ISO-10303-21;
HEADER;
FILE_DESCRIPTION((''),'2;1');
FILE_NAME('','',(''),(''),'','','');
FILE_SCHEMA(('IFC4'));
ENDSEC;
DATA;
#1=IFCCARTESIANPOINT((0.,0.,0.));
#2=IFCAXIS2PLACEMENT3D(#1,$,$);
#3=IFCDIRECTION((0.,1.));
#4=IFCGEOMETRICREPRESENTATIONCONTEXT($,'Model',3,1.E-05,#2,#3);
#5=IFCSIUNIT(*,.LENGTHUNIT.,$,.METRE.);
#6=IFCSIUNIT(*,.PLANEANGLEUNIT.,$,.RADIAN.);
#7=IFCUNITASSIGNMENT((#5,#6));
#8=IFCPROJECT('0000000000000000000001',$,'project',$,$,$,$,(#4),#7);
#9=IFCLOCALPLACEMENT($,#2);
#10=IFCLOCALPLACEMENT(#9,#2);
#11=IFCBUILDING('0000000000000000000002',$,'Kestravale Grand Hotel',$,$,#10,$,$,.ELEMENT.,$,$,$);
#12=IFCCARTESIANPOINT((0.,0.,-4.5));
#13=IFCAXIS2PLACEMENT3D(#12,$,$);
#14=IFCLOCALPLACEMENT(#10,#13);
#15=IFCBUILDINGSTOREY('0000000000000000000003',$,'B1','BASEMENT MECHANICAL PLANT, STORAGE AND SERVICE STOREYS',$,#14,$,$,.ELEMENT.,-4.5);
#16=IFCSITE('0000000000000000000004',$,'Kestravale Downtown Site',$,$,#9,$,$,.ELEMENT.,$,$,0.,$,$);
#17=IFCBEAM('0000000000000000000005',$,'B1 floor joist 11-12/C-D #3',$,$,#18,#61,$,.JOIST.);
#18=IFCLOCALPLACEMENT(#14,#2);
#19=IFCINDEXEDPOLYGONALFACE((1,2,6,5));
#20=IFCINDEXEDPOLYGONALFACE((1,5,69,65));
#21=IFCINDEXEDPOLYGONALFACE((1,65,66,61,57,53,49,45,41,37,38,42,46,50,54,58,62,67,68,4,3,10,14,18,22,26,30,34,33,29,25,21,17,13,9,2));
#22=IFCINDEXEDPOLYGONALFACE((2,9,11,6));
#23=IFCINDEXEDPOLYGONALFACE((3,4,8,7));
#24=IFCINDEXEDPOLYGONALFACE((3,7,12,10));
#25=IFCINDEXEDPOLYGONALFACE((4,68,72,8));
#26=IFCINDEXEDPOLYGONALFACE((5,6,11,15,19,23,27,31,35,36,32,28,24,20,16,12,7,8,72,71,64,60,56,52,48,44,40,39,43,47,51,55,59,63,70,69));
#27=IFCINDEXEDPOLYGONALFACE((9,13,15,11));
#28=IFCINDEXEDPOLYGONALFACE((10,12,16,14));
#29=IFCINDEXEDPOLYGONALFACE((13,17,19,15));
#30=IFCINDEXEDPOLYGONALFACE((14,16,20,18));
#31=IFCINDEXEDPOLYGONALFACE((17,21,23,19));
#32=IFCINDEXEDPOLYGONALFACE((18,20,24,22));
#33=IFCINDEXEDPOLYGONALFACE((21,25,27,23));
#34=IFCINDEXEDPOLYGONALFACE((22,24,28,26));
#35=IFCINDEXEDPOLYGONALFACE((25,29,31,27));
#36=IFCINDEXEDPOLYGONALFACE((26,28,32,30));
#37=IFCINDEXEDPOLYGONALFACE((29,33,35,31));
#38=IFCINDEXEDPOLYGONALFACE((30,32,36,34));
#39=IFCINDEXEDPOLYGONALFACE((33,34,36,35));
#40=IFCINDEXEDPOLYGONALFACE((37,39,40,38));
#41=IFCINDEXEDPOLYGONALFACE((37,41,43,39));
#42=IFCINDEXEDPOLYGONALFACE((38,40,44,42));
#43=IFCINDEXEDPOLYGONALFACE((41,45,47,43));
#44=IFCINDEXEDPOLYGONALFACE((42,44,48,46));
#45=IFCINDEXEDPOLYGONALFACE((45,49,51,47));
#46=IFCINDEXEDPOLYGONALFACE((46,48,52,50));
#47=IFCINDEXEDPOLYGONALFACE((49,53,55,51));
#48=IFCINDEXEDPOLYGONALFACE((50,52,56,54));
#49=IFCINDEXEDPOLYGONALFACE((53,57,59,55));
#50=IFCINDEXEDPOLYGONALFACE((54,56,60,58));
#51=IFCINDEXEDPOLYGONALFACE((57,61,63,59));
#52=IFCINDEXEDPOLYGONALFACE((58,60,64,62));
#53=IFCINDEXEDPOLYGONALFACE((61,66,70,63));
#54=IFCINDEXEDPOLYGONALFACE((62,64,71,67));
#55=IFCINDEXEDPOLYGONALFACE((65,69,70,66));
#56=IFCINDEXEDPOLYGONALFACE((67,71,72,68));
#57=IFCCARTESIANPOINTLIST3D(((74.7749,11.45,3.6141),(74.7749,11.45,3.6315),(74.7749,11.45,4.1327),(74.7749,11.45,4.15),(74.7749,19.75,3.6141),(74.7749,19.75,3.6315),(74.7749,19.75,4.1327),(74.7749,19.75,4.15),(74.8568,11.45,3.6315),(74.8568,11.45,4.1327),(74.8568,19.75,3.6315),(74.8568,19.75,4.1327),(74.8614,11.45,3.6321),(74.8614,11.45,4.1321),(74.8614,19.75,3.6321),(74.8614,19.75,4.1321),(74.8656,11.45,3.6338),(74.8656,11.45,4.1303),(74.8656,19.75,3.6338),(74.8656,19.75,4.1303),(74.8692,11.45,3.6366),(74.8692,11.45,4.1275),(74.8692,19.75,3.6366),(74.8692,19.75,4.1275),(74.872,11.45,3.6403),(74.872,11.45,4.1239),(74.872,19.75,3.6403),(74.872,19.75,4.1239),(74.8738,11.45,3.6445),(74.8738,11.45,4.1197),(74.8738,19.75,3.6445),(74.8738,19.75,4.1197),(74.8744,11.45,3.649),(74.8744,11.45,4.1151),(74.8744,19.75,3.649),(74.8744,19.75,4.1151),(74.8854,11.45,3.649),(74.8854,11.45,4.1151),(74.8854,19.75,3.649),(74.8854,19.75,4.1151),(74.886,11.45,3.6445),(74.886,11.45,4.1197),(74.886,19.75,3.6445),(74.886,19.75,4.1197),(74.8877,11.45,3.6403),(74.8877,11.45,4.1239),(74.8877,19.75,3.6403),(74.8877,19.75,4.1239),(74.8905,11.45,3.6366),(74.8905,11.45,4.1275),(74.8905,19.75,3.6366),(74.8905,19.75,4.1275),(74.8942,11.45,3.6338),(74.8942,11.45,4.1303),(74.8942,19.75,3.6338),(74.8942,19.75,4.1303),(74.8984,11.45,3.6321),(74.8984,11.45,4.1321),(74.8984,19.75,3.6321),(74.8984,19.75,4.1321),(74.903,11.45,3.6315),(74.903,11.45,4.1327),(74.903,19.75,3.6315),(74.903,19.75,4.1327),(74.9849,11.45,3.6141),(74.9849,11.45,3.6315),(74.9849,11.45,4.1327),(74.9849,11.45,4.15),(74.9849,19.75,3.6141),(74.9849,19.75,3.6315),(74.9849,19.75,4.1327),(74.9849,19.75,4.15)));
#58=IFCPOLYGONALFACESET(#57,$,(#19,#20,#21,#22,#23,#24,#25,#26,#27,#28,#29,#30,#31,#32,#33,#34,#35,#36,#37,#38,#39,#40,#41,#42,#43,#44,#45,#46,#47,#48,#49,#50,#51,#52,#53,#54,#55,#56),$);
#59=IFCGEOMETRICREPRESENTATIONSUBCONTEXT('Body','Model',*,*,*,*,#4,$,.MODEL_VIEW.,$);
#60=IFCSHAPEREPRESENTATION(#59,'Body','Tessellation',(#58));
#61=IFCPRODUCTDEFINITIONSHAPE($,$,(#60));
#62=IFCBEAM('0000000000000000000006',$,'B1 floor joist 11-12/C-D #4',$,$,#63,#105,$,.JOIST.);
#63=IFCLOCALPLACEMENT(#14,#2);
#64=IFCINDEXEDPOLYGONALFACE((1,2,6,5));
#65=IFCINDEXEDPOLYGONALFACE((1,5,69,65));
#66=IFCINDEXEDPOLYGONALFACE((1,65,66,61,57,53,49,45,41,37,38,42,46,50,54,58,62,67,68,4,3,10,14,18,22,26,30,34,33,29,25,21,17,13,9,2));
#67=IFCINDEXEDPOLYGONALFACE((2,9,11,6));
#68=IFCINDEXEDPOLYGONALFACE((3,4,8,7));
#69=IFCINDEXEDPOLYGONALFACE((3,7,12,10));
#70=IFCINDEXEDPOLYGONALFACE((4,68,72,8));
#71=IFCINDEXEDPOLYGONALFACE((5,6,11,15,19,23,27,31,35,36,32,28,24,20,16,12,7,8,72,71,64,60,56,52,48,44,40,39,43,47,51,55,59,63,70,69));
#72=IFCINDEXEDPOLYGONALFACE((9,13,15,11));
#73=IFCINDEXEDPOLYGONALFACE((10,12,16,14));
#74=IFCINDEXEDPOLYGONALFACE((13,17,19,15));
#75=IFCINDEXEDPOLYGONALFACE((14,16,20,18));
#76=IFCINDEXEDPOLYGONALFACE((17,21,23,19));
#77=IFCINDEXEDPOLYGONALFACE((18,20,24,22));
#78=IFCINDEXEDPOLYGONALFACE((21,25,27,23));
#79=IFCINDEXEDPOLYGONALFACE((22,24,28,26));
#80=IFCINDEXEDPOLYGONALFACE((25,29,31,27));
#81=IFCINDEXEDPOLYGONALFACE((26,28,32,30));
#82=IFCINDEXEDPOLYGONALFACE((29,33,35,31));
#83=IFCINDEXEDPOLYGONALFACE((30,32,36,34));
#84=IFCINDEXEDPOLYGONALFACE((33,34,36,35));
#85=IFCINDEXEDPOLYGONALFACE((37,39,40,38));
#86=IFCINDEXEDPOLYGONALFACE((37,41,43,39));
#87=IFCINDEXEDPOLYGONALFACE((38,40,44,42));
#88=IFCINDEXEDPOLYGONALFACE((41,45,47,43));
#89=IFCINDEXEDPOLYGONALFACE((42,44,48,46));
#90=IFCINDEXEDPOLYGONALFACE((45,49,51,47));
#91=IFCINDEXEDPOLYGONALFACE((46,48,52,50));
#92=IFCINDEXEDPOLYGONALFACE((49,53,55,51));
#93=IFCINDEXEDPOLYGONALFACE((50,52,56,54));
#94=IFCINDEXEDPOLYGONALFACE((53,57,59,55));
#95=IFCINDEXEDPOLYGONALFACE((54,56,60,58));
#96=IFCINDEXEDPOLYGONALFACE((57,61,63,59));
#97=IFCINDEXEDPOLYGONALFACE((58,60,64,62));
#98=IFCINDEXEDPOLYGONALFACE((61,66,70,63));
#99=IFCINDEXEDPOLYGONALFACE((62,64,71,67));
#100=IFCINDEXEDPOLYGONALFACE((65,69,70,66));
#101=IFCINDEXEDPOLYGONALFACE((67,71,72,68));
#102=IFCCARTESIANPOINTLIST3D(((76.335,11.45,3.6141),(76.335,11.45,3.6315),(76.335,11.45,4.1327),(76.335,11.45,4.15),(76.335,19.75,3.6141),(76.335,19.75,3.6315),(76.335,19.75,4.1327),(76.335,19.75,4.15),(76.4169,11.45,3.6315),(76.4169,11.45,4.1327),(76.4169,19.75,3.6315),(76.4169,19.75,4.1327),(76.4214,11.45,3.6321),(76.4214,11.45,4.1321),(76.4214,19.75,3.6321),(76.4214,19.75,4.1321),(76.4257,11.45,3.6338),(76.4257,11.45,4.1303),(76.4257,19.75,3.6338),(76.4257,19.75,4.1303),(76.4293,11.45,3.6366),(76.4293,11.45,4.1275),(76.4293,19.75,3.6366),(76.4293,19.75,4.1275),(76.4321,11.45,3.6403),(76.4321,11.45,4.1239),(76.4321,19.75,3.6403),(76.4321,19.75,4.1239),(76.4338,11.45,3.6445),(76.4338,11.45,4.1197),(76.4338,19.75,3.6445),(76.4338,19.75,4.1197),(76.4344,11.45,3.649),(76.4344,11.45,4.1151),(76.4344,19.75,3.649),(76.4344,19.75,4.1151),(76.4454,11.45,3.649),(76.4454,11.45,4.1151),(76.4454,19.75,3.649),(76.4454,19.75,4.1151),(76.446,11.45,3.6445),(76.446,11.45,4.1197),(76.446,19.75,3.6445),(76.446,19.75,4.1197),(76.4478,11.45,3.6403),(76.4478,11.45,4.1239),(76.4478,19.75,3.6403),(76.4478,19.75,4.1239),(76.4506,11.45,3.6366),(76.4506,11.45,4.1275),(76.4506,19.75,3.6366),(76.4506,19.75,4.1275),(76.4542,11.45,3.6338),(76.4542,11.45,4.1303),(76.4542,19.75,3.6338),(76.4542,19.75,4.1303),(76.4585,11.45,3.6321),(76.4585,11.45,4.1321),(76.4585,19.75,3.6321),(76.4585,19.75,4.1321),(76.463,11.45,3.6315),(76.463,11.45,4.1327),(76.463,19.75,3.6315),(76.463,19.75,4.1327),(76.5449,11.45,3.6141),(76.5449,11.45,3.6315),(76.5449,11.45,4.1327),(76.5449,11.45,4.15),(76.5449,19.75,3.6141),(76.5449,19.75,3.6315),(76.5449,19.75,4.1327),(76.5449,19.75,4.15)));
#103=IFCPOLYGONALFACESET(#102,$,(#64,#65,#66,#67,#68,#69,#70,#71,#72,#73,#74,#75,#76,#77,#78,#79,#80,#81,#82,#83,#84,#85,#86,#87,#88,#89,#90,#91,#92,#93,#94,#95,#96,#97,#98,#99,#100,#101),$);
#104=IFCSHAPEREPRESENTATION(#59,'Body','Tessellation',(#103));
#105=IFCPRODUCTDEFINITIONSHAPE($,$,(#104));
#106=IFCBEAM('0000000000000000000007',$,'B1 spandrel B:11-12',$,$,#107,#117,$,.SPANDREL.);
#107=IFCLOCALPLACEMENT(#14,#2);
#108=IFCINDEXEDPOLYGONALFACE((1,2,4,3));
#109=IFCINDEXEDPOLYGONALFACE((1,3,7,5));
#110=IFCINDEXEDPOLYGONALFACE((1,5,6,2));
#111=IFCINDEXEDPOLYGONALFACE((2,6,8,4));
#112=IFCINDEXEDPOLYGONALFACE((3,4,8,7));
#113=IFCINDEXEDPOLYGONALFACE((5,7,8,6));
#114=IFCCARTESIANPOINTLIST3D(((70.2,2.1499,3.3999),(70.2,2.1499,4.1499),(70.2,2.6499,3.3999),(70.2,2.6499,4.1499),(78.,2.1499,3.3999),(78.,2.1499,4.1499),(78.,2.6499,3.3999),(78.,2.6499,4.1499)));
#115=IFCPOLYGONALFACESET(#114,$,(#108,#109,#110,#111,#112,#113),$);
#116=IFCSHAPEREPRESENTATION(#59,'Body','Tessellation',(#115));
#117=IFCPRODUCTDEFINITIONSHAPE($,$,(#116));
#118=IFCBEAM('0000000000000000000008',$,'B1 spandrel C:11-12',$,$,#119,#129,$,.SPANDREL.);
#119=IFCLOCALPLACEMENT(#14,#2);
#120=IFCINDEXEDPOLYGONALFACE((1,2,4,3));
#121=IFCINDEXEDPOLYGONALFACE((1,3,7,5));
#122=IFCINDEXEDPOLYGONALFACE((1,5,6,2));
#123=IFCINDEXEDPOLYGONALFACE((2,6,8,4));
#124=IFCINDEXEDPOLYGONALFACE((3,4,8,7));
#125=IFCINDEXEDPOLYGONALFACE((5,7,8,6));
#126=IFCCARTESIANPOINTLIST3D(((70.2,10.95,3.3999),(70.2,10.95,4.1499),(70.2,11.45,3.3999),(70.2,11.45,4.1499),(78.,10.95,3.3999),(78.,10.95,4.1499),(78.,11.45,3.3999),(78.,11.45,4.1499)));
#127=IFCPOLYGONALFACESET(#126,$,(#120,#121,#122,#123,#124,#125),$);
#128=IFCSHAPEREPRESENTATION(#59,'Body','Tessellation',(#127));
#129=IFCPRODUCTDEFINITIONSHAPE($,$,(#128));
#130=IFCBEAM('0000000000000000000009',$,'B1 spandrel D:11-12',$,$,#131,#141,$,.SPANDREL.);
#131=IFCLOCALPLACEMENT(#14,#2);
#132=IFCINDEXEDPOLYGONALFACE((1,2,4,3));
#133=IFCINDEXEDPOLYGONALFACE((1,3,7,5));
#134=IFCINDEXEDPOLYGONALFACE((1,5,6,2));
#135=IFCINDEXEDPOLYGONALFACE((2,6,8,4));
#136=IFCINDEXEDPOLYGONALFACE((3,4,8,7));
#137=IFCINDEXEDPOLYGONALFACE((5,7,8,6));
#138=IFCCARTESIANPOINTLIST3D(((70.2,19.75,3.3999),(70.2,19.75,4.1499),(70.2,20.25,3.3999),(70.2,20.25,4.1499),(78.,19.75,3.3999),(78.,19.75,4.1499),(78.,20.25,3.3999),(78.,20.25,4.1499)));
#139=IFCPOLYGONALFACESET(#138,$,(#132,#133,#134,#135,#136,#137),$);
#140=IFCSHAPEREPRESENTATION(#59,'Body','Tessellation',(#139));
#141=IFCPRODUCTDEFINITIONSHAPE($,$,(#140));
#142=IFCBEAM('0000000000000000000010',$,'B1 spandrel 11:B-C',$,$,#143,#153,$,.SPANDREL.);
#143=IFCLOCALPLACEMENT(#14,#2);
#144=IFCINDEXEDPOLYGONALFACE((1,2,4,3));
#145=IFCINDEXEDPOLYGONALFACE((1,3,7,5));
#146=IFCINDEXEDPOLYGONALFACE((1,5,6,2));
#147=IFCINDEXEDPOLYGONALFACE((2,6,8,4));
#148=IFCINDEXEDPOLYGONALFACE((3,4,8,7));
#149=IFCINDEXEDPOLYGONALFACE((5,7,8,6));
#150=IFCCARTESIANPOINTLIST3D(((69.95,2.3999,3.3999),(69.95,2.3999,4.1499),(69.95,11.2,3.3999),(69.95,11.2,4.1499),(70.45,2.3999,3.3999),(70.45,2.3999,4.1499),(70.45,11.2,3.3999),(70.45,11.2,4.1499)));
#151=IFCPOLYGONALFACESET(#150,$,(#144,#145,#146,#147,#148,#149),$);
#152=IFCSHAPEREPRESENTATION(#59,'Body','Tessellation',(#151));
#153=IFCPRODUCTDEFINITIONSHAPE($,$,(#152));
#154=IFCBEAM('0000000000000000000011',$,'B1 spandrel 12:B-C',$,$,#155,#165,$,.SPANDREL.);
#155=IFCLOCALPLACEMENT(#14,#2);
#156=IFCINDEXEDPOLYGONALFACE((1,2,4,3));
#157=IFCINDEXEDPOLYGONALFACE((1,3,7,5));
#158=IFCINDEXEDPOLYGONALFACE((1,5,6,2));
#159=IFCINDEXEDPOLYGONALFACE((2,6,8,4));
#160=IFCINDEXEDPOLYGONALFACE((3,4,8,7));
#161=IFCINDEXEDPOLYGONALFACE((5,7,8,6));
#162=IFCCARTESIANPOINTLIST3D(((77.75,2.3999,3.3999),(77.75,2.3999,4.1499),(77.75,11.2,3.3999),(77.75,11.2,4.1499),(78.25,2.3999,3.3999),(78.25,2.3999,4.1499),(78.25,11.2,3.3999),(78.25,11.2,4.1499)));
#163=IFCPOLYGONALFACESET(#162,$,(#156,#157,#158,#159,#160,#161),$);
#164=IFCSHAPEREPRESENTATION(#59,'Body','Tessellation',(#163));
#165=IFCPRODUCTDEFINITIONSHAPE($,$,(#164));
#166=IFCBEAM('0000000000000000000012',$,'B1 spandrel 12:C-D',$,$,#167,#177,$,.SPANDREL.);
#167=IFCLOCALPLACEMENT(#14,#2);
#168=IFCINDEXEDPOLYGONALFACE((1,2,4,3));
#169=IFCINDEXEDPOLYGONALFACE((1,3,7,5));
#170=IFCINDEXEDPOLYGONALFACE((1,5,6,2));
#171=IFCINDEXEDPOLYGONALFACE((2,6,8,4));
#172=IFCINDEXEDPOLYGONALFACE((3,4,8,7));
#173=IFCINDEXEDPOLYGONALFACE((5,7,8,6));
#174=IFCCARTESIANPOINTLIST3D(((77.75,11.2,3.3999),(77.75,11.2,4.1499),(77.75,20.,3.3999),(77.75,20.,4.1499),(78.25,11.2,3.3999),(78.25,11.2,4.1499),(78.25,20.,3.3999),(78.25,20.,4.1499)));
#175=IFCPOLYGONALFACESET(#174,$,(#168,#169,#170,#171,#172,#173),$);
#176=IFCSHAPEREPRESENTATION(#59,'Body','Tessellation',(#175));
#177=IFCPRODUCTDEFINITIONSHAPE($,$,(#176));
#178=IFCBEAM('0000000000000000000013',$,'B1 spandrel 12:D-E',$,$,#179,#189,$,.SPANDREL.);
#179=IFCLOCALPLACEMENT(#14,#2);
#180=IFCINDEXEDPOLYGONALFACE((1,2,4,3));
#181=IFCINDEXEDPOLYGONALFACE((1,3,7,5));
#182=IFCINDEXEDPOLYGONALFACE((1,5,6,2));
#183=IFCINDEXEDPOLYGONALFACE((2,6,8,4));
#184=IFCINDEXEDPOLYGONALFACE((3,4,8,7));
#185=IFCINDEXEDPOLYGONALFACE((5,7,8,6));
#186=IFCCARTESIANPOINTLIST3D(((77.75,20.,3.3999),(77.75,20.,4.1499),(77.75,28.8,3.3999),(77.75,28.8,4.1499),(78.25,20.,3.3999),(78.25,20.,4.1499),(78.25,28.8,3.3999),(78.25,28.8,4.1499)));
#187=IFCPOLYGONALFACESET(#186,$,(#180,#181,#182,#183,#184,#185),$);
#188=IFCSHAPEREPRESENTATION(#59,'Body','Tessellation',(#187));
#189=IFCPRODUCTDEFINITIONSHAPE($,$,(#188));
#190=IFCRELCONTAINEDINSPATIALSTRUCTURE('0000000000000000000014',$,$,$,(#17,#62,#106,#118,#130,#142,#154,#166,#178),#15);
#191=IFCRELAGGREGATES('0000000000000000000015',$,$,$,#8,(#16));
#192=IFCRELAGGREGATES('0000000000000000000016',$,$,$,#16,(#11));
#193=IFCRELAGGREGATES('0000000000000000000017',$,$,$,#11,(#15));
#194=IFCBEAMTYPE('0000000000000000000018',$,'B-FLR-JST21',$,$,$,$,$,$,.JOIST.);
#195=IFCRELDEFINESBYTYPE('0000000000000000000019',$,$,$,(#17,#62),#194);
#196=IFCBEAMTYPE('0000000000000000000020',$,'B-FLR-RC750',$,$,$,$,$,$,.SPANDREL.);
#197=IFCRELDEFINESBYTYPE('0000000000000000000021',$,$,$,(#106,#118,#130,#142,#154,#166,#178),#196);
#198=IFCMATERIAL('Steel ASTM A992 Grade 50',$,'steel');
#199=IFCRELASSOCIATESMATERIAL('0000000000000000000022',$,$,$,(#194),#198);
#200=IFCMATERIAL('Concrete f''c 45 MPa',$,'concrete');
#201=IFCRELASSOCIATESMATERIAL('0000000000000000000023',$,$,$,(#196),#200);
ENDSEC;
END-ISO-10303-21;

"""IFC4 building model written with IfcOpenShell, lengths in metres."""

from ifc_helpers import new_model, si_unit, direction, frame, origin, origin_2d, place, context, subcontext, project, spatial, rectangle, i_section, extrude, material, material_profile, profile_set, type_object, element, save


model = new_model("IFC4")

# Units and contexts
model_context = context("Model", 3, precision=1e-05, world=origin(), true_north=direction((0.0, 1.0)))
body_context = subcontext(model_context, "Body", "Model", "MODEL_VIEW")
ifc_project = project(units=[si_unit("LENGTHUNIT", "METRE"), si_unit("PLANEANGLEUNIT", "RADIAN")], contexts=[model_context])

# Site, building, storey
site_placement = place(None, origin())
site = spatial("IfcSite", under=ifc_project, at=site_placement, Name="Kestravale Downtown Site", CompositionType="ELEMENT", RefElevation=0.0)
building_placement = place(site_placement, origin())
building = spatial("IfcBuilding", under=site, at=building_placement, Name="Kestravale Grand Hotel", CompositionType="ELEMENT")
storey_placement = place(building_placement, frame((0.0, 0.0, -4.5)))
storey = spatial("IfcBuildingStorey", under=building, at=storey_placement, Name="B1", Description="BASEMENT MECHANICAL PLANT, STORAGE AND SERVICE STOREYS", CompositionType="ELEMENT", Elevation=-4.5)

# Beams
ifc_material_1 = material(Name="Steel ASTM A992 Grade 50", Category="steel")
ifc_material_profile_1 = material_profile(ifc_material_1, i_section(OverallWidth=0.21, OverallDepth=0.5359, WebThickness=0.011, FlangeThickness=0.0173, FilletRadius=0.0176, at=origin_2d()))
ifc_profile_set_1 = profile_set([ifc_material_profile_1], Name="Steel ASTM A992 Grade 50")
beam_type_1 = type_object("IfcBeamType", Name="B-FLR-JST21", PredefinedType="JOIST", material=ifc_profile_set_1)
for number, where, z_axis, x_axis, name in (
    (1, (74.8799, 11.45, 3.8821), (0.0, 1.0, 0.0), (-1.0, 0.0, 0.0), "B1 floor joist 11-12/C-D #3"),
    (2, (76.4399, 11.45, 3.8821), (0.0, 1.0, 0.0), (-1.0, 0.0, 0.0), "B1 floor joist 11-12/C-D #4"),
):
    element("IfcBeam", number, at=place(storey_placement, frame(where, z_axis=z_axis, x_axis=x_axis)), inside=storey, type_object=beam_type_1, Name=name, PredefinedType="JOIST", context=body_context, shape_type="SweptSolid", body=[
        extrude(i_section(OverallWidth=0.21, OverallDepth=0.5359, WebThickness=0.011, FlangeThickness=0.0173, FilletRadius=0.0176, at=origin_2d()), origin(), (0.0, 0.0, 1.0), 8.3),
    ])
ifc_material_2 = material(Name="Concrete f'c 45 MPa", Category="concrete")
ifc_material_profile_2 = material_profile(ifc_material_2, rectangle(XDim=0.5, YDim=0.75, at=origin_2d()))
ifc_profile_set_2 = profile_set([ifc_material_profile_2], Name="Concrete f'c 45 MPa")
beam_type_2 = type_object("IfcBeamType", Name="B-FLR-RC750", PredefinedType="SPANDREL", material=ifc_profile_set_2)
for number, where, z_axis, x_axis, name in (
    (3, (70.2, 2.3999, 3.7749), (1.0, 0.0, 0.0), (0.0, 1.0, 0.0), "B1 spandrel B:11-12"),
    (4, (70.2, 11.2, 3.7749), (1.0, 0.0, 0.0), (0.0, 1.0, 0.0), "B1 spandrel C:11-12"),
    (5, (70.2, 20.0, 3.7749), (1.0, 0.0, 0.0), (0.0, 1.0, 0.0), "B1 spandrel D:11-12"),
):
    element("IfcBeam", number, at=place(storey_placement, frame(where, z_axis=z_axis, x_axis=x_axis)), inside=storey, type_object=beam_type_2, Name=name, PredefinedType="SPANDREL", context=body_context, shape_type="SweptSolid", body=[
        extrude(rectangle(XDim=0.5, YDim=0.75, at=origin_2d()), origin(), (0.0, 0.0, 1.0), 7.8),
    ])
for number, where, z_axis, x_axis, name in (
    (6, (70.2, 2.3999, 3.7749), (0.0, 1.0, 0.0), (-1.0, 0.0, 0.0), "B1 spandrel 11:B-C"),
    (7, (78.0, 2.3999, 3.7749), (0.0, 1.0, 0.0), (-1.0, 0.0, 0.0), "B1 spandrel 12:B-C"),
    (8, (78.0, 11.2, 3.7749), (0.0, 1.0, 0.0), (-1.0, 0.0, 0.0), "B1 spandrel 12:C-D"),
    (9, (78.0, 20.0, 3.7749), (0.0, 1.0, 0.0), (-1.0, 0.0, 0.0), "B1 spandrel 12:D-E"),
):
    element("IfcBeam", number, at=place(storey_placement, frame(where, z_axis=z_axis, x_axis=x_axis)), inside=storey, type_object=beam_type_2, Name=name, PredefinedType="SPANDREL", context=body_context, shape_type="SweptSolid", body=[
        extrude(rectangle(XDim=0.5, YDim=0.75, at=origin_2d()), origin(), (0.0, 0.0, 1.0), 8.8),
    ])

save(model, "model.ifc")
